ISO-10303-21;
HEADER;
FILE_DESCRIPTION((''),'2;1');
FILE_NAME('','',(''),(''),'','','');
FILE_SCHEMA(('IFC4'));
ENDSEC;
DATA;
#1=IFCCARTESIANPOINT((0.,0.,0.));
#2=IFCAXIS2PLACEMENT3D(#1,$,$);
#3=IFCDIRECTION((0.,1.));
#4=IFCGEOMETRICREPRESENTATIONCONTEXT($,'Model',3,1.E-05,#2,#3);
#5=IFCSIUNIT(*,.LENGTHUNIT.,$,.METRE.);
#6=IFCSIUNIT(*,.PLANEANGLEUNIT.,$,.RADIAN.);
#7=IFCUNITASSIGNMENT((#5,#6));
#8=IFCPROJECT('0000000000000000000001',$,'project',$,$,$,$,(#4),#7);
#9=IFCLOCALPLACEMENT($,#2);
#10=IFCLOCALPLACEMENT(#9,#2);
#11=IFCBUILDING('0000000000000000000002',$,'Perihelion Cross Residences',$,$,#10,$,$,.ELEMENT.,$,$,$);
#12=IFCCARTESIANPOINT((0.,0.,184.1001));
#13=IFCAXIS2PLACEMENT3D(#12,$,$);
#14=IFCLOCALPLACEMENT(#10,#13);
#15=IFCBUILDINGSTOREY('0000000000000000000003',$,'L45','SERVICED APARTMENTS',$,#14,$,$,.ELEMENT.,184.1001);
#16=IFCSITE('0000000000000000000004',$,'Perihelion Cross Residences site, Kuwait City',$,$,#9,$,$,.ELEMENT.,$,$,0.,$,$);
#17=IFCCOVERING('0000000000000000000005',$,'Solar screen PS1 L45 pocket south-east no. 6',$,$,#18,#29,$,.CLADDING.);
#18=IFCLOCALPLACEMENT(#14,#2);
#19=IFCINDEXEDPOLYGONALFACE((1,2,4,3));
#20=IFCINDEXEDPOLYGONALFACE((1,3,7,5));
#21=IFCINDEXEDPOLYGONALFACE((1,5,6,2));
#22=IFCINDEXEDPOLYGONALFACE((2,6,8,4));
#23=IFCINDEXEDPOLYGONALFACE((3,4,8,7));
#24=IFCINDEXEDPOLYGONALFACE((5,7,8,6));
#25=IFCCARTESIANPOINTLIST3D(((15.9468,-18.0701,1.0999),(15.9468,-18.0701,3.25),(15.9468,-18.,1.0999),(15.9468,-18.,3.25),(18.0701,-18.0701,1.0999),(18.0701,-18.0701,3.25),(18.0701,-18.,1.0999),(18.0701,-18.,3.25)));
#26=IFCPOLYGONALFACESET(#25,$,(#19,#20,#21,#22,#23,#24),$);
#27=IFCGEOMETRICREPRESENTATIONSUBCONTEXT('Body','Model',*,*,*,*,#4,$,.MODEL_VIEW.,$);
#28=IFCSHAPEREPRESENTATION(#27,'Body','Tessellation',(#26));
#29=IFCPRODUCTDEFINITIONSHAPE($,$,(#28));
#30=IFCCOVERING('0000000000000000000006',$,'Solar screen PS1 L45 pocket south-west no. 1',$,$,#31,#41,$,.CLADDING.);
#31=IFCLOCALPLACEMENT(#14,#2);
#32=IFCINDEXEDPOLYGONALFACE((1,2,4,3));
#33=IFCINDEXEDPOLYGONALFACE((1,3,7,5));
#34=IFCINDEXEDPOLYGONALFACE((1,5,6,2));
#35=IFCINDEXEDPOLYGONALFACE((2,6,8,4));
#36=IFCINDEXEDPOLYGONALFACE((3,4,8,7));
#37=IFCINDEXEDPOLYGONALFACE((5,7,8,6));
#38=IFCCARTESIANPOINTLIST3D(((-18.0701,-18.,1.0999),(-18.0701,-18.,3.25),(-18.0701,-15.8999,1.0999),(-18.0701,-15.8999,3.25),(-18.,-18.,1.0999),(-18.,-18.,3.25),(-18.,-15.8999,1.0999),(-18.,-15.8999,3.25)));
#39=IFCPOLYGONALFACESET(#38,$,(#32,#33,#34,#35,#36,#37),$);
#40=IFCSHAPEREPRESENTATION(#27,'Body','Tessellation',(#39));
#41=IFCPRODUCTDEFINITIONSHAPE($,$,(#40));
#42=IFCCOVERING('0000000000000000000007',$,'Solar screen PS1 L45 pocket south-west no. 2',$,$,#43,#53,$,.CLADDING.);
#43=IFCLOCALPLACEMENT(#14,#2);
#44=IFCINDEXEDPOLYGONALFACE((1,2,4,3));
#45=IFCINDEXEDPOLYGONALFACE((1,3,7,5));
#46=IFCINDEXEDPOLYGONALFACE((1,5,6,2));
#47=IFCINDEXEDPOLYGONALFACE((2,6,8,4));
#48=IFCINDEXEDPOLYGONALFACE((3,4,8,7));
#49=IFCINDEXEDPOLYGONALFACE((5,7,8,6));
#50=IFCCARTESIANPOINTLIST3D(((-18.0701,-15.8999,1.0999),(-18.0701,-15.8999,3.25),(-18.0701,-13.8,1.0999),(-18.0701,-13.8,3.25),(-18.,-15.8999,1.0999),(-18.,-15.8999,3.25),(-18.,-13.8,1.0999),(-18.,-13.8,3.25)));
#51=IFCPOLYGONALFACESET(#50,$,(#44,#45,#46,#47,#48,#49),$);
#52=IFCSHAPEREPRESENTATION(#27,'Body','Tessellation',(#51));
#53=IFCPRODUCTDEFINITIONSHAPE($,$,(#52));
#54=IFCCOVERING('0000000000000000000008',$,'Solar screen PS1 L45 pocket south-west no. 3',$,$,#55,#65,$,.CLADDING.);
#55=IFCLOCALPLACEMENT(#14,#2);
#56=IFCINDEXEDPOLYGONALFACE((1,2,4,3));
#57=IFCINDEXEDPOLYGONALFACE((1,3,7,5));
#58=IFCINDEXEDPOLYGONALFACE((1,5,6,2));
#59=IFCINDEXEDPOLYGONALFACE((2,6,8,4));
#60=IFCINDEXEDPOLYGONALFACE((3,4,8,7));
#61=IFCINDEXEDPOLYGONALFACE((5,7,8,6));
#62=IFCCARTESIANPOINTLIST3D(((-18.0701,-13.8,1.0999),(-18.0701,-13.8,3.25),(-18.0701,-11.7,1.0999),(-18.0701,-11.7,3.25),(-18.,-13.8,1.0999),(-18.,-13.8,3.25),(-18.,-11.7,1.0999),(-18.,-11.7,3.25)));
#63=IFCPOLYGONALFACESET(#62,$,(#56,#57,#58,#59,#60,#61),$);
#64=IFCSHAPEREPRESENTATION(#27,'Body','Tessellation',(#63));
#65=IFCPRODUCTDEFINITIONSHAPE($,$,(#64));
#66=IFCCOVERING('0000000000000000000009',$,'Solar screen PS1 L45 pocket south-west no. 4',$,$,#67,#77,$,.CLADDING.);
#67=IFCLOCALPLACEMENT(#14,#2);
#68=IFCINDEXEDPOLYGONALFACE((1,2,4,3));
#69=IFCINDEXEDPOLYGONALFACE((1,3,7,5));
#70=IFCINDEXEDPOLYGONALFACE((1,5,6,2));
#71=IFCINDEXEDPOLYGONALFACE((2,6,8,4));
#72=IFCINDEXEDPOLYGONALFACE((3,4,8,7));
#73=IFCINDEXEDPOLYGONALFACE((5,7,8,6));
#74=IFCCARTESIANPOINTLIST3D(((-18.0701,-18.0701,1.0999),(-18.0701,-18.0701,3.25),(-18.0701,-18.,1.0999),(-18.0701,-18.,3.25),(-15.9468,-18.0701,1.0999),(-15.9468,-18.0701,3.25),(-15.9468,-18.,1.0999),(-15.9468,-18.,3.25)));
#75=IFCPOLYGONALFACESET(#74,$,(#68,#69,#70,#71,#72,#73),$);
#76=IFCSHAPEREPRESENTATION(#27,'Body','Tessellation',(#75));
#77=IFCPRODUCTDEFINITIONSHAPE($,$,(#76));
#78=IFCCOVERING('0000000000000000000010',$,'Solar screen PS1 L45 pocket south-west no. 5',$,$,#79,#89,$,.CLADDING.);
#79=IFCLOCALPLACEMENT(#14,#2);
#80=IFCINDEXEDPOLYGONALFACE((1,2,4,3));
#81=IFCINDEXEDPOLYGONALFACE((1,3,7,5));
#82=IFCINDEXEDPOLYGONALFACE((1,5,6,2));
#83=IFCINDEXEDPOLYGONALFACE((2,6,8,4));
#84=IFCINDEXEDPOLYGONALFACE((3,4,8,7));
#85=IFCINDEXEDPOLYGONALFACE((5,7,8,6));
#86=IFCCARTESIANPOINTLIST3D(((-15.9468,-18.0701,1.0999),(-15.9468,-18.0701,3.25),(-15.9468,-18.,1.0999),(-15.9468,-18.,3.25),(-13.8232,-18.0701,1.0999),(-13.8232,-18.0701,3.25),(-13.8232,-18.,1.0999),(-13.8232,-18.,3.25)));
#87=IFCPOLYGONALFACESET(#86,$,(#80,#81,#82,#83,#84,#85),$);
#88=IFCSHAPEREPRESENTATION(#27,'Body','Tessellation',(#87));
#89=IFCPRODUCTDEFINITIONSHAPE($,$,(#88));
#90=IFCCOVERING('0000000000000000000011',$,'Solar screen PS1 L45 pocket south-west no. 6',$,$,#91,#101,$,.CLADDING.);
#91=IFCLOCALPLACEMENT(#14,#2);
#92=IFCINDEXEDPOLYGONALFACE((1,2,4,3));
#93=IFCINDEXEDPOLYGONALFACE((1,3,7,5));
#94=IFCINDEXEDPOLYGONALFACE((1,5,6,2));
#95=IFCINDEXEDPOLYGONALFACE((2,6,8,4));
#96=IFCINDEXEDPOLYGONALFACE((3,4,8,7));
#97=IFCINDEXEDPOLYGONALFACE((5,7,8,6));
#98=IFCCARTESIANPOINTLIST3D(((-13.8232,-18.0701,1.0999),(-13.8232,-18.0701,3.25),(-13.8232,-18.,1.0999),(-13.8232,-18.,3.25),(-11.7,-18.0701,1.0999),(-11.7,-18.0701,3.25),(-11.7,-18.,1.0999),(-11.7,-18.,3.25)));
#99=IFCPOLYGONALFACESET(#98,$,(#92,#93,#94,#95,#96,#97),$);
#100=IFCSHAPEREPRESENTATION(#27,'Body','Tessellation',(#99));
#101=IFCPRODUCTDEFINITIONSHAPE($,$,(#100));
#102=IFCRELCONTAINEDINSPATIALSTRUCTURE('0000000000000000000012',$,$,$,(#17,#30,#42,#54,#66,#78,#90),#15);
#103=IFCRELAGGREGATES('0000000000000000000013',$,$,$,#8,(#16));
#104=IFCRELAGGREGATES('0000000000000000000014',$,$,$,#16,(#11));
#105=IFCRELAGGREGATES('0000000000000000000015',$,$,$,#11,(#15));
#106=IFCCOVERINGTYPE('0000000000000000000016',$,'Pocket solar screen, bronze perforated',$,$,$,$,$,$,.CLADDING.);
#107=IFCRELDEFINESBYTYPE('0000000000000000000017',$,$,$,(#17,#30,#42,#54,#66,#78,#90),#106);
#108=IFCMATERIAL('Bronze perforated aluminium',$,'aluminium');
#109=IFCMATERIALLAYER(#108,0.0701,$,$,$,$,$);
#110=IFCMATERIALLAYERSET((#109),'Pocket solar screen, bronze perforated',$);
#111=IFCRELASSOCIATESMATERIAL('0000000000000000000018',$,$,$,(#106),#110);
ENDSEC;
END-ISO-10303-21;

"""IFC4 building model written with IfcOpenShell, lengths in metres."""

from ifc_helpers import new_model, si_unit, direction, frame, origin, place, context, subcontext, project, spatial, polyline, outline, extrude, material, layer, layer_set, type_object, element, save


model = new_model("IFC4")

# Units and contexts
model_context = context("Model", 3, precision=1e-05, world=origin(), true_north=direction((0.0, 1.0)))
body_context = subcontext(model_context, "Body", "Model", "MODEL_VIEW")
ifc_project = project(units=[si_unit("LENGTHUNIT", "METRE"), si_unit("PLANEANGLEUNIT", "RADIAN")], contexts=[model_context])

# Site, building, storey
site_placement = place(None, origin())
site = spatial("IfcSite", under=ifc_project, at=site_placement, Name="Perihelion Cross Residences site, Kuwait City", CompositionType="ELEMENT", RefElevation=0.0)
building_placement = place(site_placement, origin())
building = spatial("IfcBuilding", under=site, at=building_placement, Name="Perihelion Cross Residences", CompositionType="ELEMENT")
storey_placement = place(building_placement, frame((0.0, 0.0, 184.1001)))
storey = spatial("IfcBuildingStorey", under=building, at=storey_placement, Name="L45", Description="SERVICED APARTMENTS", CompositionType="ELEMENT", Elevation=184.1001)

# Coverings
ifc_material_1 = material(Name="Bronze perforated aluminium", Category="aluminium")
ifc_layer_1 = layer(ifc_material_1, 0.0701)
ifc_layer_set_1 = layer_set([ifc_layer_1], Name="Pocket solar screen, bronze perforated")
covering_type_1 = type_object("IfcCoveringType", Name="Pocket solar screen, bronze perforated", PredefinedType="CLADDING", material=ifc_layer_set_1)
covering_1_placement = place(storey_placement, frame((0.0, 0.0, 1.0999)))
element("IfcCovering", 1, at=covering_1_placement, inside=storey, type_object=covering_type_1, Name="Solar screen PS1 L45 pocket south-east no. 6", PredefinedType="CLADDING", context=body_context, shape_type="SweptSolid", body=[
    extrude(outline(polyline([(18.0701, -18.0701), (18.0701, -18.0), (15.9468, -18.0), (15.9468, -18.0701), (18.0701, -18.0701)])), origin(), (0.0, 0.0, 1.0), 2.1501),
])
covering_2_placement = place(storey_placement, frame((0.0, 0.0, 1.0999)))
element("IfcCovering", 2, at=covering_2_placement, inside=storey, type_object=covering_type_1, Name="Solar screen PS1 L45 pocket south-west no. 1", PredefinedType="CLADDING", context=body_context, shape_type="SweptSolid", body=[
    extrude(outline(polyline([(-18.0, -18.0), (-18.0, -15.8999), (-18.0701, -15.8999), (-18.0701, -18.0), (-18.0, -18.0)])), origin(), (0.0, 0.0, 1.0), 2.1501),
])
covering_3_placement = place(storey_placement, frame((0.0, 0.0, 1.0999)))
element("IfcCovering", 3, at=covering_3_placement, inside=storey, type_object=covering_type_1, Name="Solar screen PS1 L45 pocket south-west no. 2", PredefinedType="CLADDING", context=body_context, shape_type="SweptSolid", body=[
    extrude(outline(polyline([(-18.0, -15.8999), (-18.0, -13.8), (-18.0701, -13.8), (-18.0701, -15.8999), (-18.0, -15.8999)])), origin(), (0.0, 0.0, 1.0), 2.1501),
])
covering_4_placement = place(storey_placement, frame((0.0, 0.0, 1.0999)))
element("IfcCovering", 4, at=covering_4_placement, inside=storey, type_object=covering_type_1, Name="Solar screen PS1 L45 pocket south-west no. 3", PredefinedType="CLADDING", context=body_context, shape_type="SweptSolid", body=[
    extrude(outline(polyline([(-18.0, -13.8), (-18.0, -11.7), (-18.0701, -11.7), (-18.0701, -13.8), (-18.0, -13.8)])), origin(), (0.0, 0.0, 1.0), 2.1501),
])
covering_5_placement = place(storey_placement, frame((0.0, 0.0, 1.0999)))
element("IfcCovering", 5, at=covering_5_placement, inside=storey, type_object=covering_type_1, Name="Solar screen PS1 L45 pocket south-west no. 4", PredefinedType="CLADDING", context=body_context, shape_type="SweptSolid", body=[
    extrude(outline(polyline([(-15.9468, -18.0701), (-15.9468, -18.0), (-18.0701, -18.0), (-18.0701, -18.0701), (-15.9468, -18.0701)])), origin(), (0.0, 0.0, 1.0), 2.1501),
])
covering_6_placement = place(storey_placement, frame((0.0, 0.0, 1.0999)))
element("IfcCovering", 6, at=covering_6_placement, inside=storey, type_object=covering_type_1, Name="Solar screen PS1 L45 pocket south-west no. 5", PredefinedType="CLADDING", context=body_context, shape_type="SweptSolid", body=[
    extrude(outline(polyline([(-13.8232, -18.0701), (-13.8232, -18.0), (-15.9468, -18.0), (-15.9468, -18.0701), (-13.8232, -18.0701)])), origin(), (0.0, 0.0, 1.0), 2.1501),
])
covering_7_placement = place(storey_placement, frame((0.0, 0.0, 1.0999)))
element("IfcCovering", 7, at=covering_7_placement, inside=storey, type_object=covering_type_1, Name="Solar screen PS1 L45 pocket south-west no. 6", PredefinedType="CLADDING", context=body_context, shape_type="SweptSolid", body=[
    extrude(outline(polyline([(-11.7, -18.0701), (-11.7, -18.0), (-13.8232, -18.0), (-13.8232, -18.0701), (-11.7, -18.0701)])), origin(), (0.0, 0.0, 1.0), 2.1501),
])

save(model, "model.ifc")
